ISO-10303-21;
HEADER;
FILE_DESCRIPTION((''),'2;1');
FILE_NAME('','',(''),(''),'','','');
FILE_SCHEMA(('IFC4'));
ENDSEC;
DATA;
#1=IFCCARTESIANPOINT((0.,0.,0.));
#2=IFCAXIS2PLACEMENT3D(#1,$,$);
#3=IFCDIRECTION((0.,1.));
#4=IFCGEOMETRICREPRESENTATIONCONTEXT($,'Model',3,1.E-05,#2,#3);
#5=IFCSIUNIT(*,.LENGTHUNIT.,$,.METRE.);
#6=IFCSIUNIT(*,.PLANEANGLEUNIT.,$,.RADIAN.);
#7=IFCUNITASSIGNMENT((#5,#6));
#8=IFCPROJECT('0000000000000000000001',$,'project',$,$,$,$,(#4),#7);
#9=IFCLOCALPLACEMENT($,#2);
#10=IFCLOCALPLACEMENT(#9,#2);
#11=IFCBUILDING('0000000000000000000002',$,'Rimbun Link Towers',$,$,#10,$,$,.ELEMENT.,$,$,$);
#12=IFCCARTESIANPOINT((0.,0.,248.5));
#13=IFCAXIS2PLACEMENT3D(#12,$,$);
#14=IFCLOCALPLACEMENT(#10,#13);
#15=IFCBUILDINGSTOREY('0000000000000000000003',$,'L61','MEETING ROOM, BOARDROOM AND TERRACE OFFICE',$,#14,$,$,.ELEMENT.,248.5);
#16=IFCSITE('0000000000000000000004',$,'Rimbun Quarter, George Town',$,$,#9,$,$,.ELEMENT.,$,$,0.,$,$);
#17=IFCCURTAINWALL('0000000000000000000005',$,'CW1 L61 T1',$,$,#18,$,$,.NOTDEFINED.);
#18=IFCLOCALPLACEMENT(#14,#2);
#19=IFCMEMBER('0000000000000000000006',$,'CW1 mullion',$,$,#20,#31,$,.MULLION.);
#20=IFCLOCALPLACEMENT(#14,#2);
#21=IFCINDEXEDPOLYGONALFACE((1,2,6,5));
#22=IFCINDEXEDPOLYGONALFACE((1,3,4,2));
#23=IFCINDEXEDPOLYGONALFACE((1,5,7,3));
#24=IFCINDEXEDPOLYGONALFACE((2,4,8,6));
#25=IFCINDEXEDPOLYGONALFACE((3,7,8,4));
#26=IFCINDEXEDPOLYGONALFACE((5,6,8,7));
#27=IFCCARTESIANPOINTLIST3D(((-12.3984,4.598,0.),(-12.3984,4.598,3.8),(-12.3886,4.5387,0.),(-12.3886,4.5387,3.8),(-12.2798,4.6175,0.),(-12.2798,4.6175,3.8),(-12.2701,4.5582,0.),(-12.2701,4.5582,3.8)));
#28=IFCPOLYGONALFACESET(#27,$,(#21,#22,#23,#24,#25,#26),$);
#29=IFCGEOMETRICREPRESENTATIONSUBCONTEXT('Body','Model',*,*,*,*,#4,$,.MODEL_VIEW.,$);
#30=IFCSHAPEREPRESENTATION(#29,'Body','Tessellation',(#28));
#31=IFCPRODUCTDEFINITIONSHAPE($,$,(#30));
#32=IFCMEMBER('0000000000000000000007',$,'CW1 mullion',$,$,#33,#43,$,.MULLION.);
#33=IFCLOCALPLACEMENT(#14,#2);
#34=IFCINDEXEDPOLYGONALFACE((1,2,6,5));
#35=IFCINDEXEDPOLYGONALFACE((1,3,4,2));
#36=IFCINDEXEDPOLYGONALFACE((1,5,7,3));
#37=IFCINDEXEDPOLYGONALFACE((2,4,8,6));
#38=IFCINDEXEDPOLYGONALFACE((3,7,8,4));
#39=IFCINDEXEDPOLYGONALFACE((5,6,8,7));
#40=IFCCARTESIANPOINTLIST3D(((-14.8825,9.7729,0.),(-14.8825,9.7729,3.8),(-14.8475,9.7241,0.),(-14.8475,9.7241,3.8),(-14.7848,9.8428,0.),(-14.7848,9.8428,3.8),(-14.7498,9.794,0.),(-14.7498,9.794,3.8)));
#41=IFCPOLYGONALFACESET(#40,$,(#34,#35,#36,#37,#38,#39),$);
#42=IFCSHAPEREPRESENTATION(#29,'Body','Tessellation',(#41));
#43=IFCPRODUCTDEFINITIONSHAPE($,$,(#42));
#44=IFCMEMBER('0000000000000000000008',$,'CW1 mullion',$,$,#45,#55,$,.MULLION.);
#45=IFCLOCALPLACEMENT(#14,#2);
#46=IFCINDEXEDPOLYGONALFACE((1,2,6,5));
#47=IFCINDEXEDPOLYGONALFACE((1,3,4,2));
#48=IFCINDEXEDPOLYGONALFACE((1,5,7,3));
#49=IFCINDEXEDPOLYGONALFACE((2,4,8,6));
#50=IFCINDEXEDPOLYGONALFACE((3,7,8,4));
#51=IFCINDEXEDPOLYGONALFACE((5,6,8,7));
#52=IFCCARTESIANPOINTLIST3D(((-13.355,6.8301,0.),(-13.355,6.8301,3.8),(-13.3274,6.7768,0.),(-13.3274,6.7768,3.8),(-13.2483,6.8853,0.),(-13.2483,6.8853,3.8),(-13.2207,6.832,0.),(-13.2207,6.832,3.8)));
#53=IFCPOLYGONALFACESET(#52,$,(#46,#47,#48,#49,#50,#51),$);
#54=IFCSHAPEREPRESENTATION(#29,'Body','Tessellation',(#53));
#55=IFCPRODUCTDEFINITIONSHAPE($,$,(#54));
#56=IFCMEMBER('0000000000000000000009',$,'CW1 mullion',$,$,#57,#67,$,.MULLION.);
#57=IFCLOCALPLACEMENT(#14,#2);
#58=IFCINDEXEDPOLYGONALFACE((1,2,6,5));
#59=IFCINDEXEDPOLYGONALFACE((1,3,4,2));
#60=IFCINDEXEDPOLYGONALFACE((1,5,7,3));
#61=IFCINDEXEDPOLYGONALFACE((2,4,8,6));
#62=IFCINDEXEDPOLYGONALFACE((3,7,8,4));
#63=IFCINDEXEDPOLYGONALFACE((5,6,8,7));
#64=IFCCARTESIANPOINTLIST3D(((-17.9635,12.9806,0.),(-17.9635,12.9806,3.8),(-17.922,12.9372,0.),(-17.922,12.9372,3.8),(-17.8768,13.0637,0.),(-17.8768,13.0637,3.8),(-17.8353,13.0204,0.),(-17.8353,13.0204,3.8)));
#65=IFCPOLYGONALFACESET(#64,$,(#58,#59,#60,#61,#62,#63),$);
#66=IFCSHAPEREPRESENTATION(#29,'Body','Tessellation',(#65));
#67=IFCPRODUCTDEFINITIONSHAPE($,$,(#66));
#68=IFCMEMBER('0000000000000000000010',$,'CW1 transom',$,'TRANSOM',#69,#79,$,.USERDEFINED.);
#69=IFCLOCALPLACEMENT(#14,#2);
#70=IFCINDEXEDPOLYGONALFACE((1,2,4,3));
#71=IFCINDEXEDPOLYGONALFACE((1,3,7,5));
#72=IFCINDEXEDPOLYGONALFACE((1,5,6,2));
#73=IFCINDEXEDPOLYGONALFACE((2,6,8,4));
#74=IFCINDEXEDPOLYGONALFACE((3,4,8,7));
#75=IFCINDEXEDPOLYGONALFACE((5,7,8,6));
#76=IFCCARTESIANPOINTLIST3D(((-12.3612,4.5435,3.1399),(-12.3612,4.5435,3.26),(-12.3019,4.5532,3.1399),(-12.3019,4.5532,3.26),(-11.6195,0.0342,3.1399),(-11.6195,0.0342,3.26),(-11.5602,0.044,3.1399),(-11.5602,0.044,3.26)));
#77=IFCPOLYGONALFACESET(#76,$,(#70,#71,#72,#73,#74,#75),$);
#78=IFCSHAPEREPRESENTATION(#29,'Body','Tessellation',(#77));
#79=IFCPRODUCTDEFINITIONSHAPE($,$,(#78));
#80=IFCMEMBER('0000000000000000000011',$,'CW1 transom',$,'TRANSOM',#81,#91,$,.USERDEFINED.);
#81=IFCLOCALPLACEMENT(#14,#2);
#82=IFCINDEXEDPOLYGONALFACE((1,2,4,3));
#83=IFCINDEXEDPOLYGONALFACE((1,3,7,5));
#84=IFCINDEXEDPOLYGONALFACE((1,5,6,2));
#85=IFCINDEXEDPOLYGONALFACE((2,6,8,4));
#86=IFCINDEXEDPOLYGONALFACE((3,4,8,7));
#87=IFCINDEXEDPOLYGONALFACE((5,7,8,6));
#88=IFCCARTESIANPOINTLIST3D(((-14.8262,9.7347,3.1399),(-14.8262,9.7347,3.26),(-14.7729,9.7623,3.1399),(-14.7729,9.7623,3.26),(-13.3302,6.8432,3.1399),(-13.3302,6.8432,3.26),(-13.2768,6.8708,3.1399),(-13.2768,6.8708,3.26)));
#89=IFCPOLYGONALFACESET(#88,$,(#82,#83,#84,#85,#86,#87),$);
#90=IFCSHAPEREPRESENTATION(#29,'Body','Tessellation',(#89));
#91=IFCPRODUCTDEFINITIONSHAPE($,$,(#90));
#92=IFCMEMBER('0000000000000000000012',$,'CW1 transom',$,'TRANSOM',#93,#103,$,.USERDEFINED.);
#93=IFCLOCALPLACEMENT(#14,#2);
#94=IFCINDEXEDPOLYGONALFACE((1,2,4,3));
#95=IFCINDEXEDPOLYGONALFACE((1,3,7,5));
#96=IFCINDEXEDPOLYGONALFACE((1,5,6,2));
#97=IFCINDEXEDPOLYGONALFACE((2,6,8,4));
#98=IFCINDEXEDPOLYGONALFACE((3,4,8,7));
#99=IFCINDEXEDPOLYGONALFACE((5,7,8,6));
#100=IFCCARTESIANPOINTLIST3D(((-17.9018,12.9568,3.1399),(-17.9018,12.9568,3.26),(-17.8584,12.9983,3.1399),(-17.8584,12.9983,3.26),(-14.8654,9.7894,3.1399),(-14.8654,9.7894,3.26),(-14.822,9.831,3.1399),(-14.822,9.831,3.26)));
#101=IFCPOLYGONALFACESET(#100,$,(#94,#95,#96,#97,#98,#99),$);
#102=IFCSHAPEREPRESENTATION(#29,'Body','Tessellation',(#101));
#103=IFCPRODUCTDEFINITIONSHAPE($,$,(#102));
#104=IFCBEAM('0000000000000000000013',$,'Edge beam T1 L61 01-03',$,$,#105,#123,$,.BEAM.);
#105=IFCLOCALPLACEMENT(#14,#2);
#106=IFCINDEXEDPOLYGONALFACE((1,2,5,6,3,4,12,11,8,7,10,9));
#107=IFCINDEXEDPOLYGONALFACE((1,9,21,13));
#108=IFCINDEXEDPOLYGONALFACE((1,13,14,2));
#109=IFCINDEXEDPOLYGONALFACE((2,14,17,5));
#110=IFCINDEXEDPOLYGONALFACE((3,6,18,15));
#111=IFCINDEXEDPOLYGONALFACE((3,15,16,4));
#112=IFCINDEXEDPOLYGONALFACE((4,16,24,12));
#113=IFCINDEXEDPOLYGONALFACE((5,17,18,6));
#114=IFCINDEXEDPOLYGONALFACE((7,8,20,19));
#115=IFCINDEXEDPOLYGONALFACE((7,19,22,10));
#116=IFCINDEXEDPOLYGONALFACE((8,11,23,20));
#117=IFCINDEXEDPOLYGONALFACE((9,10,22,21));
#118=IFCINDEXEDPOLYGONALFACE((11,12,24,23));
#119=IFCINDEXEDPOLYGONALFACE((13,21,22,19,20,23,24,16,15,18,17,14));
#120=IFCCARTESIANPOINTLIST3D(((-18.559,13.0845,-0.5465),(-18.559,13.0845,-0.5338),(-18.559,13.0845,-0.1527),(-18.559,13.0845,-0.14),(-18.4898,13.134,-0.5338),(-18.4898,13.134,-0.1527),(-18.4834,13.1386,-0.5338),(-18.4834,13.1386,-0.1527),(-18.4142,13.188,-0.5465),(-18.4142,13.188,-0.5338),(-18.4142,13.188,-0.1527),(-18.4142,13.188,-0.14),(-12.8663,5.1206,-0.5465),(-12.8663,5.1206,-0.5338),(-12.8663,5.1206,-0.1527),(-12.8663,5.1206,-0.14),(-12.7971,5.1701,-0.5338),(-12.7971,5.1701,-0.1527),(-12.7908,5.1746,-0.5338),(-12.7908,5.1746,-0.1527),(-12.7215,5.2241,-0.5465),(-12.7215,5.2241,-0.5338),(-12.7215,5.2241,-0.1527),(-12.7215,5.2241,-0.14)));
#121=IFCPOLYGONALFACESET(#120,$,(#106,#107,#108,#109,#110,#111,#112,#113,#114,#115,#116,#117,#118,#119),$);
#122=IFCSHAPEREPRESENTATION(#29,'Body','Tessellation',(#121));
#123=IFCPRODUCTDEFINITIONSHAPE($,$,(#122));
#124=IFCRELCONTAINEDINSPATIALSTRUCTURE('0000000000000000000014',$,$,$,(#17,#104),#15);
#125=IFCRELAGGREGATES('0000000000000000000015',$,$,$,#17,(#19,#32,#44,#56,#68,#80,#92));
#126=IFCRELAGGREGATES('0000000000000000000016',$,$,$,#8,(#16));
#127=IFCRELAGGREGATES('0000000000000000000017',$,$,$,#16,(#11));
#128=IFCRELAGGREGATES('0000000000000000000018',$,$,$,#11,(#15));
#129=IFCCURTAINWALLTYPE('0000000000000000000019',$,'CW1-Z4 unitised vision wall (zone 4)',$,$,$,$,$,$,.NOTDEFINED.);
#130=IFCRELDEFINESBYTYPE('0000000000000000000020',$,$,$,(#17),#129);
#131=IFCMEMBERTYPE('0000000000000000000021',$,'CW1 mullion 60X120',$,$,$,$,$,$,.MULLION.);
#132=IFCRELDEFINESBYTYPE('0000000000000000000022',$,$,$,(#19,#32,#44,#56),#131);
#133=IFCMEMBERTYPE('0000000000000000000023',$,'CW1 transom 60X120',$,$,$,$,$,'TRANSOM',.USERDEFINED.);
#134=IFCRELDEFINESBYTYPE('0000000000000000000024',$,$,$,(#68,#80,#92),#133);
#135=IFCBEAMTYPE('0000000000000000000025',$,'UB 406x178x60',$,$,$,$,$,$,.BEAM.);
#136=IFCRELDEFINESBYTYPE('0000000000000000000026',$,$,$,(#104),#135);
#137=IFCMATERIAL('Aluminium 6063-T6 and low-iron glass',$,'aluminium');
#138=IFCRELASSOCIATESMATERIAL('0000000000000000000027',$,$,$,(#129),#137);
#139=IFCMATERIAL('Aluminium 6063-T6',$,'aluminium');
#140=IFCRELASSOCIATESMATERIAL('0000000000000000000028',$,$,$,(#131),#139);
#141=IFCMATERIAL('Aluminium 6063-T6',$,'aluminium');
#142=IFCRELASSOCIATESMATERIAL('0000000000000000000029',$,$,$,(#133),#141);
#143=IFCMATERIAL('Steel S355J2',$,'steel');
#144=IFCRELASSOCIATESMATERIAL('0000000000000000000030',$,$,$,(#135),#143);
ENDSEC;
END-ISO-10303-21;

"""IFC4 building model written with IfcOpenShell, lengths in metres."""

from ifc_helpers import new_model, si_unit, direction, frame, origin, origin_2d, place, context, subcontext, project, spatial, rectangle, i_section, extrude, material, material_profile, profile_set, type_object, element, aggregate, save


model = new_model("IFC4")

# Units and contexts
model_context = context("Model", 3, precision=1e-05, world=origin(), true_north=direction((0.0, 1.0)))
body_context = subcontext(model_context, "Body", "Model", "MODEL_VIEW")
ifc_project = project(units=[si_unit("LENGTHUNIT", "METRE"), si_unit("PLANEANGLEUNIT", "RADIAN")], contexts=[model_context])

# Site, building, storey
site_placement = place(None, origin())
site = spatial("IfcSite", under=ifc_project, at=site_placement, Name="Rimbun Quarter, George Town", CompositionType="ELEMENT", RefElevation=0.0)
building_placement = place(site_placement, origin())
building = spatial("IfcBuilding", under=site, at=building_placement, Name="Rimbun Link Towers", CompositionType="ELEMENT")
storey_placement = place(building_placement, frame((0.0, 0.0, 248.5)))
storey = spatial("IfcBuildingStorey", under=building, at=storey_placement, Name="L61", Description="MEETING ROOM, BOARDROOM AND TERRACE OFFICE", CompositionType="ELEMENT", Elevation=248.5)

# Curtain wall, members
ifc_material_1 = material(Name="Aluminium 6063-T6 and low-iron glass", Category="aluminium")
curtain_wall_type = type_object("IfcCurtainWallType", Name="CW1-Z4 unitised vision wall (zone 4)", PredefinedType="NOTDEFINED", material=ifc_material_1)
curtain_wall_placement = place(storey_placement, origin())
curtain_wall = element("IfcCurtainWall", 1, at=curtain_wall_placement, inside=storey, type_object=curtain_wall_type, Name="CW1 L61 T1", PredefinedType="NOTDEFINED")
ifc_material_2 = material(Name="Aluminium 6063-T6", Category="aluminium")
ifc_material_profile_1 = material_profile(ifc_material_2, rectangle(XDim=0.1201, YDim=0.0601, at=origin_2d()), Name="MULLION 60X120")
ifc_profile_set_1 = profile_set([ifc_material_profile_1], Name="Aluminium 6063-T6")
member_type_1 = type_object("IfcMemberType", Name="CW1 mullion 60X120", PredefinedType="MULLION", material=ifc_profile_set_1)
member_1_placement = place(storey_placement, frame((-12.3342, 4.5781, 0.0), z_axis=(0.0, 0.0, 1.0), x_axis=(0.986748, 0.162262, 0.0)))
member_1 = element("IfcMember", 2, at=member_1_placement, type_object=member_type_1, Name="CW1 mullion", PredefinedType="MULLION", context=body_context, shape_type="SweptSolid", body=[
    extrude(rectangle(XDim=0.1201, YDim=0.0601, at=origin_2d()), origin(), (0.0, 0.0, 1.0), 3.8),
])
member_2_placement = place(storey_placement, frame((-14.8162, 9.7834, 0.0), z_axis=(0.0, 0.0, 1.0), x_axis=(0.813354, 0.581769, 0.0)))
member_2 = element("IfcMember", 3, at=member_2_placement, type_object=member_type_1, Name="CW1 mullion", PredefinedType="MULLION", context=body_context, shape_type="SweptSolid", body=[
    extrude(rectangle(XDim=0.1201, YDim=0.0601, at=origin_2d()), origin(), (0.0, 0.0, 1.0), 3.8),
])
member_3_placement = place(storey_placement, frame((-13.2878, 6.8311, 0.0), z_axis=(0.0, 0.0, 1.0), x_axis=(0.888151, 0.459552, 0.0)))
member_3 = element("IfcMember", 4, at=member_3_placement, type_object=member_type_1, Name="CW1 mullion", PredefinedType="MULLION", context=body_context, shape_type="SweptSolid", body=[
    extrude(rectangle(XDim=0.1201, YDim=0.0601, at=origin_2d()), origin(), (0.0, 0.0, 1.0), 3.8),
])
member_4_placement = place(storey_placement, frame((-17.8994, 13.0005, 0.0), z_axis=(0.0, 0.0, 1.0), x_axis=(0.721858, 0.692041, 0.0)))
member_4 = element("IfcMember", 5, at=member_4_placement, type_object=member_type_1, Name="CW1 mullion", PredefinedType="MULLION", context=body_context, shape_type="SweptSolid", body=[
    extrude(rectangle(XDim=0.1201, YDim=0.0601, at=origin_2d()), origin(), (0.0, 0.0, 1.0), 3.8),
])
ifc_material_3 = material(Name="Aluminium 6063-T6", Category="aluminium")
ifc_material_profile_2 = material_profile(ifc_material_3, rectangle(XDim=0.0601, YDim=0.1201, at=origin_2d()), Name="TRANSOM 60X120")
ifc_profile_set_2 = profile_set([ifc_material_profile_2], Name="Aluminium 6063-T6")
member_type_2 = type_object("IfcMemberType", Name="CW1 transom 60X120", ElementType="TRANSOM", PredefinedType="USERDEFINED", material=ifc_profile_set_2)
member_5_placement = place(storey_placement, frame((-12.3315, 4.5483, 3.2), z_axis=(0.162302, -0.986741, 0.0), x_axis=(0.986741, 0.162302, 0.0)))
member_5 = element("IfcMember", 6, at=member_5_placement, type_object=member_type_2, Name="CW1 transom", ObjectType="TRANSOM", PredefinedType="USERDEFINED", context=body_context, shape_type="SweptSolid", body=[
    extrude(rectangle(XDim=0.0601, YDim=0.1201, at=origin_2d()), origin(), (0.0, 0.0, 1.0), 4.5698),
])
member_6_placement = place(storey_placement, frame((-14.7996, 9.7485, 3.2), z_axis=(0.459529, -0.888163, 0.0), x_axis=(0.888163, 0.459529, 0.0)))
member_6 = element("IfcMember", 7, at=member_6_placement, type_object=member_type_2, Name="CW1 transom", ObjectType="TRANSOM", PredefinedType="USERDEFINED", context=body_context, shape_type="SweptSolid", body=[
    extrude(rectangle(XDim=0.0601, YDim=0.1201, at=origin_2d()), origin(), (0.0, 0.0, 1.0), 3.2556),
])
member_7_placement = place(storey_placement, frame((-17.8801, 12.9775, 3.2), z_axis=(0.692037, -0.721862, 0.0), x_axis=(0.721862, 0.692037, 0.0)))
member_7 = element("IfcMember", 8, at=member_7_placement, type_object=member_type_2, Name="CW1 transom", ObjectType="TRANSOM", PredefinedType="USERDEFINED", context=body_context, shape_type="SweptSolid", body=[
    extrude(rectangle(XDim=0.0601, YDim=0.1201, at=origin_2d()), origin(), (0.0, 0.0, 1.0), 4.3877),
])

# Beam
ifc_material_4 = material(Name="Steel S355J2", Category="steel")
ifc_material_profile_3 = material_profile(ifc_material_4, i_section(OverallWidth=0.178, OverallDepth=0.4065, WebThickness=0.0078, FlangeThickness=0.0127, at=origin_2d()), Name="UB 406x178x60")
ifc_profile_set_3 = profile_set([ifc_material_profile_3], Name="Steel S355J2")
beam_type = type_object("IfcBeamType", Name="UB 406x178x60", PredefinedType="BEAM", material=ifc_profile_set_3)
beam_placement = place(storey_placement, frame((-12.7939, 5.1724, -0.3433), z_axis=(-0.581519, 0.813533, 0.0), x_axis=(-0.813533, -0.581519, 0.0)))
element("IfcBeam", 9, at=beam_placement, inside=storey, type_object=beam_type, Name="Edge beam T1 L61 01-03", PredefinedType="BEAM", context=body_context, shape_type="SweptSolid", body=[
    extrude(i_section(OverallWidth=0.178, OverallDepth=0.4065, WebThickness=0.0078, FlangeThickness=0.0127, at=origin_2d()), origin(), (0.0, 0.0, 1.0), 9.7893),
])

aggregate(curtain_wall, [member_1, member_2, member_3, member_4, member_5, member_6, member_7])

save(model, "model.ifc")
